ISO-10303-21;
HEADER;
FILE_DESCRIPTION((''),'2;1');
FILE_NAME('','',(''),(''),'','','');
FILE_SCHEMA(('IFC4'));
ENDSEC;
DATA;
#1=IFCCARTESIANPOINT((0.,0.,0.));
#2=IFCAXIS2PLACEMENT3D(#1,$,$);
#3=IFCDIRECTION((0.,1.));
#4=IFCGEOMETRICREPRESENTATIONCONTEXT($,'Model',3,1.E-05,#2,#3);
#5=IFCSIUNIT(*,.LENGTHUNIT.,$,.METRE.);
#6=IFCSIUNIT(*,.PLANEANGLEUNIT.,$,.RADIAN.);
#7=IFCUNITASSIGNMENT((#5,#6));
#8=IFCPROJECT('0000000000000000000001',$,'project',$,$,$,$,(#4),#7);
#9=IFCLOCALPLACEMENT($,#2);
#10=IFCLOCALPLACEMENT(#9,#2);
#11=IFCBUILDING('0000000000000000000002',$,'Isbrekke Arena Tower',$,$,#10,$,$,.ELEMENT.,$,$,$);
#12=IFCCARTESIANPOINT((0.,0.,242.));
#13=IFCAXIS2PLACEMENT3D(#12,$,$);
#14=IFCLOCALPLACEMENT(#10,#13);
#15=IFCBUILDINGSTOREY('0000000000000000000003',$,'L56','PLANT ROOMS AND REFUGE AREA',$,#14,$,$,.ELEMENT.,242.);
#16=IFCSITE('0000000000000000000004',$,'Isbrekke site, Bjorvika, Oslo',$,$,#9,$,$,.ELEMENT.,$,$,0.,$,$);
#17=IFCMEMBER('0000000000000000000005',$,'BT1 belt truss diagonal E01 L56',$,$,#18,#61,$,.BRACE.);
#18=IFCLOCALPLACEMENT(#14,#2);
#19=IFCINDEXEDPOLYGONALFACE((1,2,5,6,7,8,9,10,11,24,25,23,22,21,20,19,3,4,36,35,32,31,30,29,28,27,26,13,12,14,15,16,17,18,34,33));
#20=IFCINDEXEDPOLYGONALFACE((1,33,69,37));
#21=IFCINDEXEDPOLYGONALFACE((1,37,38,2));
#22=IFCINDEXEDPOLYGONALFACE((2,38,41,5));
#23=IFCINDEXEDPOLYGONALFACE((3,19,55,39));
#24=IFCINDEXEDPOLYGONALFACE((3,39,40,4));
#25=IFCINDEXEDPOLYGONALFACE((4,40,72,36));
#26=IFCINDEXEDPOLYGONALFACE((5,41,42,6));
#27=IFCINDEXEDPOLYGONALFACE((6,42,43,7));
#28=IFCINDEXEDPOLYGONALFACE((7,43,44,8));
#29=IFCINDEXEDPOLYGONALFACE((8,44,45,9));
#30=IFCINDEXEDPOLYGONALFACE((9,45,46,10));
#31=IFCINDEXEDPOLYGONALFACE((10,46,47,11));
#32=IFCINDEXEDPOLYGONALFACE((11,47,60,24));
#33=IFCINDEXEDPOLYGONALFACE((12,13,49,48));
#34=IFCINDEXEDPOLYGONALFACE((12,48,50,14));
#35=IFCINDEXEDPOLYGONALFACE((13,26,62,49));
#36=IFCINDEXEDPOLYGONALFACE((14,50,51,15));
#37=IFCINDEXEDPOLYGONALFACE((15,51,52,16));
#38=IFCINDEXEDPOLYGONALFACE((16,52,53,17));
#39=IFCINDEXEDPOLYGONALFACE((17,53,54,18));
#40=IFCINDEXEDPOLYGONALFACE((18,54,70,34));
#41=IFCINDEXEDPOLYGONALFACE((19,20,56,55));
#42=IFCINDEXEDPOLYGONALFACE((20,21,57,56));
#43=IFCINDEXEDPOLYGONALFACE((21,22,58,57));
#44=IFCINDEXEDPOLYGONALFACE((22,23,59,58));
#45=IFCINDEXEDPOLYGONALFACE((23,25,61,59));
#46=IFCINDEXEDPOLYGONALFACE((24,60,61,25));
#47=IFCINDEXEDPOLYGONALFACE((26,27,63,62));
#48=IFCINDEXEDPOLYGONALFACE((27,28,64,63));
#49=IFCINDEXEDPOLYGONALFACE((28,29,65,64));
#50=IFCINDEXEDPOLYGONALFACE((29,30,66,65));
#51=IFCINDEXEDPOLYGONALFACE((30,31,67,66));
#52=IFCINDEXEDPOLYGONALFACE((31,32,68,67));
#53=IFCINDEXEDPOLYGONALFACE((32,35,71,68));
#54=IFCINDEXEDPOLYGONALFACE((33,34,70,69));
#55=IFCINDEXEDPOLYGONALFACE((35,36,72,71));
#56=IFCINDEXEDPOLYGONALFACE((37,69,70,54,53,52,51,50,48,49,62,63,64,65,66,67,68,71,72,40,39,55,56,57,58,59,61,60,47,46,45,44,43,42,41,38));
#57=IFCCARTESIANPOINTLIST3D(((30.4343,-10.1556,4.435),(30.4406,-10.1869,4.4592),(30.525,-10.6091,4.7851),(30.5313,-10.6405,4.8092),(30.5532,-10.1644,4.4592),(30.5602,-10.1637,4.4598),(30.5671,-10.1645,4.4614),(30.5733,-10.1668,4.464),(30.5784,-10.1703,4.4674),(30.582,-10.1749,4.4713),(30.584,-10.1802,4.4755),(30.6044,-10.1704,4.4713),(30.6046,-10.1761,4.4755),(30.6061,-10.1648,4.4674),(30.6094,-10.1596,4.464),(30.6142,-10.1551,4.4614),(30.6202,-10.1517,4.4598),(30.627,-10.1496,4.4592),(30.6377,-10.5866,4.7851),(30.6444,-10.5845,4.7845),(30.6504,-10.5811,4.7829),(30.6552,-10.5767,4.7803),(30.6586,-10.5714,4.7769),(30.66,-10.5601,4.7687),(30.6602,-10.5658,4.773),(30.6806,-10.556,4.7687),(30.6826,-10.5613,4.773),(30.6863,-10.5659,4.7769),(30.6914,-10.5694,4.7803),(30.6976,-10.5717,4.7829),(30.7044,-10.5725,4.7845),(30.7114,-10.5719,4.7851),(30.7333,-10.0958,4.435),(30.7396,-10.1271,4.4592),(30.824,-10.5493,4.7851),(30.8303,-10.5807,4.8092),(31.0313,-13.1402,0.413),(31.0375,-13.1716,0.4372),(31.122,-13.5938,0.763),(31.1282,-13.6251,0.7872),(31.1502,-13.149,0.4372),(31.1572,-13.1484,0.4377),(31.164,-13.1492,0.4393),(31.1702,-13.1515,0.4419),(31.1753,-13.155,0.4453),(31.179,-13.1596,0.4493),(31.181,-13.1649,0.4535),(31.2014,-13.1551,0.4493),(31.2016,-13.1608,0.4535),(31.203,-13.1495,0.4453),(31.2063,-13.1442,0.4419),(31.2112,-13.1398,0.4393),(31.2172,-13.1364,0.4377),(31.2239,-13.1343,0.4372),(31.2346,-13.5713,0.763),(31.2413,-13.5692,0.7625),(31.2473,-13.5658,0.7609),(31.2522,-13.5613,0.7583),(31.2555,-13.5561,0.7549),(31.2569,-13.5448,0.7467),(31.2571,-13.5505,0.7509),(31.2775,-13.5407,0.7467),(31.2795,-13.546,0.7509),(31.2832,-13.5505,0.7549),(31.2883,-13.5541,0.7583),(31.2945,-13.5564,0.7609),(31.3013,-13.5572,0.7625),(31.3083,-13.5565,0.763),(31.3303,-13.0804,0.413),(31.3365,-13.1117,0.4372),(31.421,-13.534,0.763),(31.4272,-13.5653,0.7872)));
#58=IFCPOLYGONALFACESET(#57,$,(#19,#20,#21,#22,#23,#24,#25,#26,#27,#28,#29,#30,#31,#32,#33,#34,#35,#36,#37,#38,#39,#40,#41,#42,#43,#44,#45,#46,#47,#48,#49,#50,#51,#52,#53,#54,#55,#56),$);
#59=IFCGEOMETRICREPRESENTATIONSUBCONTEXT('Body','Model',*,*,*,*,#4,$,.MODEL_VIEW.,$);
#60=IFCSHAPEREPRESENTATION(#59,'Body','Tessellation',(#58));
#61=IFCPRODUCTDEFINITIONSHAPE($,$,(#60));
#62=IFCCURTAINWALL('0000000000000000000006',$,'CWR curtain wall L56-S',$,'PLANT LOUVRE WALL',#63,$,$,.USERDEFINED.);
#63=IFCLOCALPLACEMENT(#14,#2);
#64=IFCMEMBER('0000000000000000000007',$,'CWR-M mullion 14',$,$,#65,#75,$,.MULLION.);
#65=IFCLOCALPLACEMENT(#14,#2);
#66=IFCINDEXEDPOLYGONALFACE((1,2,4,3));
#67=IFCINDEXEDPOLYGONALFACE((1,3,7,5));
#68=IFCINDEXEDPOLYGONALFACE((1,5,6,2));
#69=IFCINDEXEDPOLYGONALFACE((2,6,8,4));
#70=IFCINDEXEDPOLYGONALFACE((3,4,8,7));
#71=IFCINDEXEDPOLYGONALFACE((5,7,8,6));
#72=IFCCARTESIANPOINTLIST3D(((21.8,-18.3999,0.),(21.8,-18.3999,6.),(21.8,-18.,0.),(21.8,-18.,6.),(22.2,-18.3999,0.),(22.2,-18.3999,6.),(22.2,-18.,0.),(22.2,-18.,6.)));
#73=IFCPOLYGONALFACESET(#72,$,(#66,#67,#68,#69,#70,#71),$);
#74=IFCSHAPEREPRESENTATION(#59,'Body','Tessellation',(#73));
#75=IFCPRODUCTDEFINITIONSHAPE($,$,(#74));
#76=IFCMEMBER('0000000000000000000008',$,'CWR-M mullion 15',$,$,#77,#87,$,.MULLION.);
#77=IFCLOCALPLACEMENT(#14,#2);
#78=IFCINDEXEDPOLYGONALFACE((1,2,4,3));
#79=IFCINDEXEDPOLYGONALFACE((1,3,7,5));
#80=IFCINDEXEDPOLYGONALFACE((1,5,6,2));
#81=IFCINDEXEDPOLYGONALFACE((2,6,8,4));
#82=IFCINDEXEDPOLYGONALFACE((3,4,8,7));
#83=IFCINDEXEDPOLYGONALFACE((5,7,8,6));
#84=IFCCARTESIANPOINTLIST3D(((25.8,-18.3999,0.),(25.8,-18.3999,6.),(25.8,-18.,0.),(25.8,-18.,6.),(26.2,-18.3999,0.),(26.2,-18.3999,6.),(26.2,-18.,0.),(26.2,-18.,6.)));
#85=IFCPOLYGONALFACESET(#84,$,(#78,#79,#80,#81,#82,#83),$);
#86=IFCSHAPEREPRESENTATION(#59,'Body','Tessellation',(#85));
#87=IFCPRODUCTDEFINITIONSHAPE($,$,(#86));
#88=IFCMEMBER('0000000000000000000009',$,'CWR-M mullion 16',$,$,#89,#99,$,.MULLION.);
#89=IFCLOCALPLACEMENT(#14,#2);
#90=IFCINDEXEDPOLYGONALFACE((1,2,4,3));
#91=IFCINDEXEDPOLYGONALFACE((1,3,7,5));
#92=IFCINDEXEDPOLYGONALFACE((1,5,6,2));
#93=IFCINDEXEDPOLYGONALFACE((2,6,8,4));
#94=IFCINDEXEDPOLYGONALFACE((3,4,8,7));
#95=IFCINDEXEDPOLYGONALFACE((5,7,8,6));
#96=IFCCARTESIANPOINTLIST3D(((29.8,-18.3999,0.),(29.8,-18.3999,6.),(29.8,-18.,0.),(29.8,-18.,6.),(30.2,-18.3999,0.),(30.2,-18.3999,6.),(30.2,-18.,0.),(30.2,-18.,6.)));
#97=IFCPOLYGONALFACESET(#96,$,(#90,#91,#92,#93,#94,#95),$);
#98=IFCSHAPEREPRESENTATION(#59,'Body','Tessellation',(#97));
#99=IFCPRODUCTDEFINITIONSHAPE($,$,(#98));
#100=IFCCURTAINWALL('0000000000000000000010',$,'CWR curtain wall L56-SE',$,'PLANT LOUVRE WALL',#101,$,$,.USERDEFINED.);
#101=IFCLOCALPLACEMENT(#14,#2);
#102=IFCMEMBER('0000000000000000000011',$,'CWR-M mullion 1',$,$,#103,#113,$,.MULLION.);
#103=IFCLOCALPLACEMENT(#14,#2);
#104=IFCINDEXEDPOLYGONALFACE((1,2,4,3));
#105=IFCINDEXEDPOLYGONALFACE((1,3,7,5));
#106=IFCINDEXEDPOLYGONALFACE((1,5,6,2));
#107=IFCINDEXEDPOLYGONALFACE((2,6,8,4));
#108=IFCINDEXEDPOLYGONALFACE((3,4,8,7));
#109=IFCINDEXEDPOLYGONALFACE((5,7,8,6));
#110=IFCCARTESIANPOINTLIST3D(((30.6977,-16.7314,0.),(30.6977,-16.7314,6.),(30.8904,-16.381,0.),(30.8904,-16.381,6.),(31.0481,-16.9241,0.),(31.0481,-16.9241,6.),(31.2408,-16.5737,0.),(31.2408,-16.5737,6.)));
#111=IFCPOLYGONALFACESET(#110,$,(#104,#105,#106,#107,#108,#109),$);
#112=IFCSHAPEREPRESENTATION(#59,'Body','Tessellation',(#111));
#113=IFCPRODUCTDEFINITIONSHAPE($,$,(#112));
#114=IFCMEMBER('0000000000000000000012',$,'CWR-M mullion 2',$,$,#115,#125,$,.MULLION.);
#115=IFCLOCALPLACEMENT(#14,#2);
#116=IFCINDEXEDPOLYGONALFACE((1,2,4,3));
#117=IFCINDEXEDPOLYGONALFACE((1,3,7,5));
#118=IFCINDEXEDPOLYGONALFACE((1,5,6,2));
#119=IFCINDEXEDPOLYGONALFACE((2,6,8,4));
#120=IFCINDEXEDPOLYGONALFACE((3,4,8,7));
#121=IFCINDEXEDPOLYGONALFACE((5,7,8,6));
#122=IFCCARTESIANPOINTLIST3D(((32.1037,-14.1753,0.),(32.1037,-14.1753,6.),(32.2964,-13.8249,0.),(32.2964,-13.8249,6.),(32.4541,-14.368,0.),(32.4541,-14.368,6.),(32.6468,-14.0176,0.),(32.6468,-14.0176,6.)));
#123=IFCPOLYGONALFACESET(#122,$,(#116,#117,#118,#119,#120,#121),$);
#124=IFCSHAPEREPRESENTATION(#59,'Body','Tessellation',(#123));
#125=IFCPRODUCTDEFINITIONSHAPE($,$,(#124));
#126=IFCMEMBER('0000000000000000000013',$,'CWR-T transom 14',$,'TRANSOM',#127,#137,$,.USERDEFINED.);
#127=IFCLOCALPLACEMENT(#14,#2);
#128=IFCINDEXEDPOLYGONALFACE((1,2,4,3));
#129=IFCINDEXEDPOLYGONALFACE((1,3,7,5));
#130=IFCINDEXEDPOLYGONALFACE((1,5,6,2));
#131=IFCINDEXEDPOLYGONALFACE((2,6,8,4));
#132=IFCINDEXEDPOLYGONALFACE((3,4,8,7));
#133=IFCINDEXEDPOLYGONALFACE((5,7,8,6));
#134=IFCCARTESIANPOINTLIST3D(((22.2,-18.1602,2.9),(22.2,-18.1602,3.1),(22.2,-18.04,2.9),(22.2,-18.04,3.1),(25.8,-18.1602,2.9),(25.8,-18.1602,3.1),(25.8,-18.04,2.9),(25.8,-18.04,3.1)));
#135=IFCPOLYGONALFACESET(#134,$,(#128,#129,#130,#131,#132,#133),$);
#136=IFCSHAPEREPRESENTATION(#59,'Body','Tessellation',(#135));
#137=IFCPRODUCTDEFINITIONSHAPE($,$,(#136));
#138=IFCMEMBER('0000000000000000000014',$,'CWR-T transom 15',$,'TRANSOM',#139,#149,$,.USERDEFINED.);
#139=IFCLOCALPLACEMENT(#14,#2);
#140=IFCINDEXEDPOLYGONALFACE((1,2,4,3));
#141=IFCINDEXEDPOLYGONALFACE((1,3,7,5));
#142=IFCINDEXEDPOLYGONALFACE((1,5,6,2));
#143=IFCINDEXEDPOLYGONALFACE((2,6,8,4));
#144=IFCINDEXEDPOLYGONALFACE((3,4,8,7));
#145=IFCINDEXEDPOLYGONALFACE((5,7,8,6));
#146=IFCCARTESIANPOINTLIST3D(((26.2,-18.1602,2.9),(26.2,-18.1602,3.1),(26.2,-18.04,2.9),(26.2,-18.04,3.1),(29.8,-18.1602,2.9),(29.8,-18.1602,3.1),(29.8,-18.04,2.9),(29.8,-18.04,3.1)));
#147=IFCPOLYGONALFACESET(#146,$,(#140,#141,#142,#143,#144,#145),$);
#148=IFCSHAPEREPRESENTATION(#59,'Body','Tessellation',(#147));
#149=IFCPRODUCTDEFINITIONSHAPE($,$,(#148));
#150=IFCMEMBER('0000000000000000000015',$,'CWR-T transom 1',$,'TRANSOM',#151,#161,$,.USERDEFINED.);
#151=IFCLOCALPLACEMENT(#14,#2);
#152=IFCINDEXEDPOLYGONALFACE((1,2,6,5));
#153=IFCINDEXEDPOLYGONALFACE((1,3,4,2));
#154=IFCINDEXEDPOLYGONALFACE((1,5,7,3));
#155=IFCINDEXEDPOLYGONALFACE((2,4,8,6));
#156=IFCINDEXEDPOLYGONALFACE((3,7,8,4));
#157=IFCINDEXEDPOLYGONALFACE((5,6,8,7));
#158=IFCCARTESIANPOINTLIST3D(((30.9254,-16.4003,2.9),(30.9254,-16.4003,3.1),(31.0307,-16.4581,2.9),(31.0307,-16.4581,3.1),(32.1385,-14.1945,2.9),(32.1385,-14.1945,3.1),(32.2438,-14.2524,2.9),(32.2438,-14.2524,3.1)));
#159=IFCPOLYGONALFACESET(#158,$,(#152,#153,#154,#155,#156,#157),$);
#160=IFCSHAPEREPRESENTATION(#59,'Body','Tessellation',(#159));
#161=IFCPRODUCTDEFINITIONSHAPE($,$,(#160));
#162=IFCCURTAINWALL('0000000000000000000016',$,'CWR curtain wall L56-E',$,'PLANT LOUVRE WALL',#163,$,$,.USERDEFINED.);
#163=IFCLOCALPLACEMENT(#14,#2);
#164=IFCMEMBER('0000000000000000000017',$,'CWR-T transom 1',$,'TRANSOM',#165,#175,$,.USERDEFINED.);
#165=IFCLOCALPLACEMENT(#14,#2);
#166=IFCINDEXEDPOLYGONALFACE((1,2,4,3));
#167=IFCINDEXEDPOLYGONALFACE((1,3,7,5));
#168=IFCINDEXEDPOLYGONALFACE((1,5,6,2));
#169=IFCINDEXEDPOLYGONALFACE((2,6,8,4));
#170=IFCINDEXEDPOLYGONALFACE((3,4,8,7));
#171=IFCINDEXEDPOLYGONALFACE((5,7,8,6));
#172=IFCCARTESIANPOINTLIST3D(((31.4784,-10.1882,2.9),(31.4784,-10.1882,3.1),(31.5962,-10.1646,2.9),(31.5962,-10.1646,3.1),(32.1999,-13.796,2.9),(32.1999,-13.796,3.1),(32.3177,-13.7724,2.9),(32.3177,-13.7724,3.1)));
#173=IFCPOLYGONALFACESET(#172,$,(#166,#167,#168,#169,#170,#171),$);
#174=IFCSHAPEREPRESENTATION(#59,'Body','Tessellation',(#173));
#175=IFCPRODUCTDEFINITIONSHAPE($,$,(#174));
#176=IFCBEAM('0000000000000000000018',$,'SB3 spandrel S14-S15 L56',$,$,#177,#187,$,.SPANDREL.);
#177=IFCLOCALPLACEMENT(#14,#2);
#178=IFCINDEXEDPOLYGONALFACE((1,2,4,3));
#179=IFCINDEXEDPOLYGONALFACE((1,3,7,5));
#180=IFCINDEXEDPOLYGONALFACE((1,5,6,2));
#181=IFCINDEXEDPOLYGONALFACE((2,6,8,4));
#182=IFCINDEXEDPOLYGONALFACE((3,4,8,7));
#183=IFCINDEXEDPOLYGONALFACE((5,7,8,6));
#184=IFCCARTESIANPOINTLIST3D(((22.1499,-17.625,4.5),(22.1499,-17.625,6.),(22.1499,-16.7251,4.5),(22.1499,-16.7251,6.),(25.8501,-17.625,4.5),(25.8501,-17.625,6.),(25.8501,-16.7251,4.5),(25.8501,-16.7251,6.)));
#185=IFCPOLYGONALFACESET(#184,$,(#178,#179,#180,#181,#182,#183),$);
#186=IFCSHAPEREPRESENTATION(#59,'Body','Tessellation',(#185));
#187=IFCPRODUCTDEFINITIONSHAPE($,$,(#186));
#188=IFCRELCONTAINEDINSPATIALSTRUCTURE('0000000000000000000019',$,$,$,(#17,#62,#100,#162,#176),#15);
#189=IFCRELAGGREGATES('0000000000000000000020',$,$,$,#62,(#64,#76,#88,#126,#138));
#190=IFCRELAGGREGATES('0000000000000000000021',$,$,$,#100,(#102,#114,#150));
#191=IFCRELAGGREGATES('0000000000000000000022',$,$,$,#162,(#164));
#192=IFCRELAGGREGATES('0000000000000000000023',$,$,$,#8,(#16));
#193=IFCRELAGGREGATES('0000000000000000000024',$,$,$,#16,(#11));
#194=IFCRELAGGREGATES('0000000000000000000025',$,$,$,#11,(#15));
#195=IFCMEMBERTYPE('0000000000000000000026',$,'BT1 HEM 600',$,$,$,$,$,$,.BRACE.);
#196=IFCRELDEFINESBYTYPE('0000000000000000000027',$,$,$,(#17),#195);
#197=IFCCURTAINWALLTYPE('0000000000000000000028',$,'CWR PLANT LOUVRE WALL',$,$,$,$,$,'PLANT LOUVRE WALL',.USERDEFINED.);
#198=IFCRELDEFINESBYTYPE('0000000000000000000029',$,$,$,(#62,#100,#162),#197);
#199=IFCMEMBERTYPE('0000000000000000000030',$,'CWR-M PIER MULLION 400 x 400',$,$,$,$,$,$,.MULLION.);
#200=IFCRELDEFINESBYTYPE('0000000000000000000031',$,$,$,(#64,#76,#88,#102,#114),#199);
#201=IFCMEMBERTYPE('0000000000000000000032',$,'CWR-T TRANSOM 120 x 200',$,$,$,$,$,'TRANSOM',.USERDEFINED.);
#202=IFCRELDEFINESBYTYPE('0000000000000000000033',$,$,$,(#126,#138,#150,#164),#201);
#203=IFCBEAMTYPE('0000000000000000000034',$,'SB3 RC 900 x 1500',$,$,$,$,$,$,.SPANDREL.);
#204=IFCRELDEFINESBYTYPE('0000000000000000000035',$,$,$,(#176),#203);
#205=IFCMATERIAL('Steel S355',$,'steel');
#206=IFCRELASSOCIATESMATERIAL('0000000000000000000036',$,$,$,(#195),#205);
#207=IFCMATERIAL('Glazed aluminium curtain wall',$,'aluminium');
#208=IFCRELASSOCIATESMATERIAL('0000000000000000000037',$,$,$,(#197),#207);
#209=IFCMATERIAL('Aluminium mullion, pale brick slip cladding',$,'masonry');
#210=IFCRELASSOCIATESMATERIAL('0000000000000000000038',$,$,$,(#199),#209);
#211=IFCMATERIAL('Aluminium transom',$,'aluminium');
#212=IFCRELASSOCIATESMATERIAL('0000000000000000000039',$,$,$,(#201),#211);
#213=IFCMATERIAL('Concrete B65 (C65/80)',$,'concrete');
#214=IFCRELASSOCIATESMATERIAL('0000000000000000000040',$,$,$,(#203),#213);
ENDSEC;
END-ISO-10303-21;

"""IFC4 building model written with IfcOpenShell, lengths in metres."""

from ifc_helpers import new_model, si_unit, direction, frame, origin, origin_2d, place, context, subcontext, project, spatial, rectangle, i_section, extrude, material, material_profile, profile_set, type_object, element, aggregate, save


model = new_model("IFC4")

# Units and contexts
model_context = context("Model", 3, precision=1e-05, world=origin(), true_north=direction((0.0, 1.0)))
body_context = subcontext(model_context, "Body", "Model", "MODEL_VIEW")
ifc_project = project(units=[si_unit("LENGTHUNIT", "METRE"), si_unit("PLANEANGLEUNIT", "RADIAN")], contexts=[model_context])

# Site, building, storey
site_placement = place(None, origin())
site = spatial("IfcSite", under=ifc_project, at=site_placement, Name="Isbrekke site, Bjorvika, Oslo", CompositionType="ELEMENT", RefElevation=0.0)
building_placement = place(site_placement, origin())
building = spatial("IfcBuilding", under=site, at=building_placement, Name="Isbrekke Arena Tower", CompositionType="ELEMENT")
storey_placement = place(building_placement, frame((0.0, 0.0, 242.0)))
storey = spatial("IfcBuildingStorey", under=building, at=storey_placement, Name="L56", Description="PLANT ROOMS AND REFUGE AREA", CompositionType="ELEMENT", Elevation=242.0)

# Member
ifc_material_1 = material(Name="Steel S355", Category="steel")
ifc_material_profile_1 = material_profile(ifc_material_1, i_section(OverallWidth=0.3049, OverallDepth=0.6201, WebThickness=0.021, FlangeThickness=0.04, FilletRadius=0.0271, at=origin_2d()), Name="HEM 600")
ifc_profile_set_1 = profile_set([ifc_material_profile_1], Name="Steel S355")
member_type_1 = type_object("IfcMemberType", Name="BT1 HEM 600", PredefinedType="BRACE", material=ifc_profile_set_1)
member_1_placement = place(storey_placement, frame((31.2292, -13.3528, 0.6001), z_axis=(-0.118347, 0.591733, 0.7974), x_axis=(-0.980581, -0.196116, 0.0)))
element("IfcMember", 1, at=member_1_placement, inside=storey, type_object=member_type_1, Name="BT1 belt truss diagonal E01 L56", PredefinedType="BRACE", context=body_context, shape_type="SweptSolid", body=[
    extrude(i_section(OverallWidth=0.3049, OverallDepth=0.6201, WebThickness=0.021, FlangeThickness=0.04, FilletRadius=0.0271, at=origin_2d()), origin(), (0.0, 0.0, 1.0), 5.0439),
])

# Curtain walls, members
ifc_material_2 = material(Name="Glazed aluminium curtain wall", Category="aluminium")
curtain_wall_type = type_object("IfcCurtainWallType", Name="CWR PLANT LOUVRE WALL", ElementType="PLANT LOUVRE WALL", PredefinedType="USERDEFINED", material=ifc_material_2)
curtain_wall_1_placement = place(storey_placement, origin())
curtain_wall_1 = element("IfcCurtainWall", 2, at=curtain_wall_1_placement, inside=storey, type_object=curtain_wall_type, Name="CWR curtain wall L56-S", ObjectType="PLANT LOUVRE WALL", PredefinedType="USERDEFINED")
ifc_material_3 = material(Name="Aluminium mullion, pale brick slip cladding", Category="masonry")
ifc_material_profile_2 = material_profile(ifc_material_3, rectangle(XDim=0.3999, YDim=0.3999, at=origin_2d()), Name="PIER 400X400")
ifc_profile_set_2 = profile_set([ifc_material_profile_2], Name="Aluminium mullion, pale brick slip cladding")
member_type_2 = type_object("IfcMemberType", Name="CWR-M PIER MULLION 400 x 400", PredefinedType="MULLION", material=ifc_profile_set_2)
member_2_placement = place(storey_placement, frame((22.0, -18.2, 0.0), z_axis=(0.0, 0.0, 1.0), x_axis=(1.0, 0.0, 0.0)))
member_2 = element("IfcMember", 3, at=member_2_placement, type_object=member_type_2, Name="CWR-M mullion 14", PredefinedType="MULLION", context=body_context, shape_type="SweptSolid", body=[
    extrude(rectangle(XDim=0.3999, YDim=0.3999, at=origin_2d()), origin(), (0.0, 0.0, 1.0), 6.0),
])
member_3_placement = place(storey_placement, frame((26.0, -18.2, 0.0), z_axis=(0.0, 0.0, 1.0), x_axis=(1.0, 0.0, 0.0)))
member_3 = element("IfcMember", 4, at=member_3_placement, type_object=member_type_2, Name="CWR-M mullion 15", PredefinedType="MULLION", context=body_context, shape_type="SweptSolid", body=[
    extrude(rectangle(XDim=0.3999, YDim=0.3999, at=origin_2d()), origin(), (0.0, 0.0, 1.0), 6.0),
])
member_4_placement = place(storey_placement, frame((30.0, -18.2, 0.0), z_axis=(0.0, 0.0, 1.0), x_axis=(1.0, 0.0, 0.0)))
member_4 = element("IfcMember", 5, at=member_4_placement, type_object=member_type_2, Name="CWR-M mullion 16", PredefinedType="MULLION", context=body_context, shape_type="SweptSolid", body=[
    extrude(rectangle(XDim=0.3999, YDim=0.3999, at=origin_2d()), origin(), (0.0, 0.0, 1.0), 6.0),
])
curtain_wall_2_placement = place(storey_placement, origin())
curtain_wall_2 = element("IfcCurtainWall", 6, at=curtain_wall_2_placement, inside=storey, type_object=curtain_wall_type, Name="CWR curtain wall L56-SE", ObjectType="PLANT LOUVRE WALL", PredefinedType="USERDEFINED")
member_5_placement = place(storey_placement, frame((30.9692, -16.6526, 0.0), z_axis=(0.0, 0.0, 1.0), x_axis=(0.481919, 0.876216, 0.0)))
member_5 = element("IfcMember", 7, at=member_5_placement, type_object=member_type_2, Name="CWR-M mullion 1", PredefinedType="MULLION", context=body_context, shape_type="SweptSolid", body=[
    extrude(rectangle(XDim=0.3999, YDim=0.3999, at=origin_2d()), origin(), (0.0, 0.0, 1.0), 6.0),
])
member_6_placement = place(storey_placement, frame((32.3752, -14.0964, 0.0), z_axis=(0.0, 0.0, 1.0), x_axis=(0.481919, 0.876216, 0.0)))
member_6 = element("IfcMember", 8, at=member_6_placement, type_object=member_type_2, Name="CWR-M mullion 2", PredefinedType="MULLION", context=body_context, shape_type="SweptSolid", body=[
    extrude(rectangle(XDim=0.3999, YDim=0.3999, at=origin_2d()), origin(), (0.0, 0.0, 1.0), 6.0),
])

# Members
ifc_material_4 = material(Name="Aluminium transom", Category="aluminium")
ifc_material_profile_3 = material_profile(ifc_material_4, rectangle(XDim=0.1201, YDim=0.2, at=origin_2d()), Name="TRANSOM 120X200")
ifc_profile_set_3 = profile_set([ifc_material_profile_3], Name="Aluminium transom")
member_type_3 = type_object("IfcMemberType", Name="CWR-T TRANSOM 120 x 200", ElementType="TRANSOM", PredefinedType="USERDEFINED", material=ifc_profile_set_3)
member_7_placement = place(storey_placement, frame((22.2, -18.1001, 3.0), z_axis=(1.0, 0.0, 0.0), x_axis=(0.0, 1.0, 0.0)))
member_7 = element("IfcMember", 9, at=member_7_placement, type_object=member_type_3, Name="CWR-T transom 14", ObjectType="TRANSOM", PredefinedType="USERDEFINED", context=body_context, shape_type="SweptSolid", body=[
    extrude(rectangle(XDim=0.1201, YDim=0.2, at=origin_2d()), origin(), (0.0, 0.0, 1.0), 3.6001),
])
member_8_placement = place(storey_placement, frame((26.2, -18.1001, 3.0), z_axis=(1.0, 0.0, 0.0), x_axis=(0.0, 1.0, 0.0)))
member_8 = element("IfcMember", 10, at=member_8_placement, type_object=member_type_3, Name="CWR-T transom 15", ObjectType="TRANSOM", PredefinedType="USERDEFINED", context=body_context, shape_type="SweptSolid", body=[
    extrude(rectangle(XDim=0.1201, YDim=0.2, at=origin_2d()), origin(), (0.0, 0.0, 1.0), 3.6001),
])
member_9_placement = place(storey_placement, frame((30.978, -16.4292, 3.0), z_axis=(0.4819, 0.876226, 0.0), x_axis=(-0.876226, 0.4819, 0.0)))
member_9 = element("IfcMember", 11, at=member_9_placement, type_object=member_type_3, Name="CWR-T transom 1", ObjectType="TRANSOM", PredefinedType="USERDEFINED", context=body_context, shape_type="SweptSolid", body=[
    extrude(rectangle(XDim=0.1201, YDim=0.2, at=origin_2d()), origin(), (0.0, 0.0, 1.0), 2.5173),
])

# Curtain wall, member
curtain_wall_3_placement = place(storey_placement, origin())
curtain_wall_3 = element("IfcCurtainWall", 12, at=curtain_wall_3_placement, inside=storey, type_object=curtain_wall_type, Name="CWR curtain wall L56-E", ObjectType="PLANT LOUVRE WALL", PredefinedType="USERDEFINED")
member_10_placement = place(storey_placement, frame((32.2588, -13.7842, 3.0), z_axis=(-0.196091, 0.980586, 0.0), x_axis=(-0.980586, -0.196091, 0.0)))
member_10 = element("IfcMember", 13, at=member_10_placement, type_object=member_type_3, Name="CWR-T transom 1", ObjectType="TRANSOM", PredefinedType="USERDEFINED", context=body_context, shape_type="SweptSolid", body=[
    extrude(rectangle(XDim=0.1201, YDim=0.2, at=origin_2d()), origin(), (0.0, 0.0, 1.0), 3.6792),
])

# Beam
ifc_material_5 = material(Name="Concrete B65 (C65/80)", Category="concrete")
ifc_material_profile_4 = material_profile(ifc_material_5, rectangle(XDim=0.8999, YDim=1.5, at=origin_2d()), Name="RC 900x1500")
ifc_profile_set_4 = profile_set([ifc_material_profile_4], Name="Concrete B65 (C65/80)")
beam_type_1 = type_object("IfcBeamType", Name="SB3 RC 900 x 1500", PredefinedType="SPANDREL", material=ifc_profile_set_4)
for number, where, z_axis, x_axis, name in (
    (14, (22.1499, -17.175, 5.25), (1.0, 0.0, 0.0), (0.0, 1.0, 0.0), "SB3 spandrel S14-S15 L56"),
):
    element("IfcBeam", number, at=place(storey_placement, frame(where, z_axis=z_axis, x_axis=x_axis)), inside=storey, type_object=beam_type_1, Name=name, PredefinedType="SPANDREL", context=body_context, shape_type="SweptSolid", body=[
        extrude(rectangle(XDim=0.8999, YDim=1.5, at=origin_2d()), origin(), (0.0, 0.0, 1.0), 3.7002),
    ])

aggregate(curtain_wall_1, [member_2, member_3, member_4, member_7, member_8])
aggregate(curtain_wall_2, [member_5, member_6, member_9])
aggregate(curtain_wall_3, [member_10])

save(model, "model.ifc")
